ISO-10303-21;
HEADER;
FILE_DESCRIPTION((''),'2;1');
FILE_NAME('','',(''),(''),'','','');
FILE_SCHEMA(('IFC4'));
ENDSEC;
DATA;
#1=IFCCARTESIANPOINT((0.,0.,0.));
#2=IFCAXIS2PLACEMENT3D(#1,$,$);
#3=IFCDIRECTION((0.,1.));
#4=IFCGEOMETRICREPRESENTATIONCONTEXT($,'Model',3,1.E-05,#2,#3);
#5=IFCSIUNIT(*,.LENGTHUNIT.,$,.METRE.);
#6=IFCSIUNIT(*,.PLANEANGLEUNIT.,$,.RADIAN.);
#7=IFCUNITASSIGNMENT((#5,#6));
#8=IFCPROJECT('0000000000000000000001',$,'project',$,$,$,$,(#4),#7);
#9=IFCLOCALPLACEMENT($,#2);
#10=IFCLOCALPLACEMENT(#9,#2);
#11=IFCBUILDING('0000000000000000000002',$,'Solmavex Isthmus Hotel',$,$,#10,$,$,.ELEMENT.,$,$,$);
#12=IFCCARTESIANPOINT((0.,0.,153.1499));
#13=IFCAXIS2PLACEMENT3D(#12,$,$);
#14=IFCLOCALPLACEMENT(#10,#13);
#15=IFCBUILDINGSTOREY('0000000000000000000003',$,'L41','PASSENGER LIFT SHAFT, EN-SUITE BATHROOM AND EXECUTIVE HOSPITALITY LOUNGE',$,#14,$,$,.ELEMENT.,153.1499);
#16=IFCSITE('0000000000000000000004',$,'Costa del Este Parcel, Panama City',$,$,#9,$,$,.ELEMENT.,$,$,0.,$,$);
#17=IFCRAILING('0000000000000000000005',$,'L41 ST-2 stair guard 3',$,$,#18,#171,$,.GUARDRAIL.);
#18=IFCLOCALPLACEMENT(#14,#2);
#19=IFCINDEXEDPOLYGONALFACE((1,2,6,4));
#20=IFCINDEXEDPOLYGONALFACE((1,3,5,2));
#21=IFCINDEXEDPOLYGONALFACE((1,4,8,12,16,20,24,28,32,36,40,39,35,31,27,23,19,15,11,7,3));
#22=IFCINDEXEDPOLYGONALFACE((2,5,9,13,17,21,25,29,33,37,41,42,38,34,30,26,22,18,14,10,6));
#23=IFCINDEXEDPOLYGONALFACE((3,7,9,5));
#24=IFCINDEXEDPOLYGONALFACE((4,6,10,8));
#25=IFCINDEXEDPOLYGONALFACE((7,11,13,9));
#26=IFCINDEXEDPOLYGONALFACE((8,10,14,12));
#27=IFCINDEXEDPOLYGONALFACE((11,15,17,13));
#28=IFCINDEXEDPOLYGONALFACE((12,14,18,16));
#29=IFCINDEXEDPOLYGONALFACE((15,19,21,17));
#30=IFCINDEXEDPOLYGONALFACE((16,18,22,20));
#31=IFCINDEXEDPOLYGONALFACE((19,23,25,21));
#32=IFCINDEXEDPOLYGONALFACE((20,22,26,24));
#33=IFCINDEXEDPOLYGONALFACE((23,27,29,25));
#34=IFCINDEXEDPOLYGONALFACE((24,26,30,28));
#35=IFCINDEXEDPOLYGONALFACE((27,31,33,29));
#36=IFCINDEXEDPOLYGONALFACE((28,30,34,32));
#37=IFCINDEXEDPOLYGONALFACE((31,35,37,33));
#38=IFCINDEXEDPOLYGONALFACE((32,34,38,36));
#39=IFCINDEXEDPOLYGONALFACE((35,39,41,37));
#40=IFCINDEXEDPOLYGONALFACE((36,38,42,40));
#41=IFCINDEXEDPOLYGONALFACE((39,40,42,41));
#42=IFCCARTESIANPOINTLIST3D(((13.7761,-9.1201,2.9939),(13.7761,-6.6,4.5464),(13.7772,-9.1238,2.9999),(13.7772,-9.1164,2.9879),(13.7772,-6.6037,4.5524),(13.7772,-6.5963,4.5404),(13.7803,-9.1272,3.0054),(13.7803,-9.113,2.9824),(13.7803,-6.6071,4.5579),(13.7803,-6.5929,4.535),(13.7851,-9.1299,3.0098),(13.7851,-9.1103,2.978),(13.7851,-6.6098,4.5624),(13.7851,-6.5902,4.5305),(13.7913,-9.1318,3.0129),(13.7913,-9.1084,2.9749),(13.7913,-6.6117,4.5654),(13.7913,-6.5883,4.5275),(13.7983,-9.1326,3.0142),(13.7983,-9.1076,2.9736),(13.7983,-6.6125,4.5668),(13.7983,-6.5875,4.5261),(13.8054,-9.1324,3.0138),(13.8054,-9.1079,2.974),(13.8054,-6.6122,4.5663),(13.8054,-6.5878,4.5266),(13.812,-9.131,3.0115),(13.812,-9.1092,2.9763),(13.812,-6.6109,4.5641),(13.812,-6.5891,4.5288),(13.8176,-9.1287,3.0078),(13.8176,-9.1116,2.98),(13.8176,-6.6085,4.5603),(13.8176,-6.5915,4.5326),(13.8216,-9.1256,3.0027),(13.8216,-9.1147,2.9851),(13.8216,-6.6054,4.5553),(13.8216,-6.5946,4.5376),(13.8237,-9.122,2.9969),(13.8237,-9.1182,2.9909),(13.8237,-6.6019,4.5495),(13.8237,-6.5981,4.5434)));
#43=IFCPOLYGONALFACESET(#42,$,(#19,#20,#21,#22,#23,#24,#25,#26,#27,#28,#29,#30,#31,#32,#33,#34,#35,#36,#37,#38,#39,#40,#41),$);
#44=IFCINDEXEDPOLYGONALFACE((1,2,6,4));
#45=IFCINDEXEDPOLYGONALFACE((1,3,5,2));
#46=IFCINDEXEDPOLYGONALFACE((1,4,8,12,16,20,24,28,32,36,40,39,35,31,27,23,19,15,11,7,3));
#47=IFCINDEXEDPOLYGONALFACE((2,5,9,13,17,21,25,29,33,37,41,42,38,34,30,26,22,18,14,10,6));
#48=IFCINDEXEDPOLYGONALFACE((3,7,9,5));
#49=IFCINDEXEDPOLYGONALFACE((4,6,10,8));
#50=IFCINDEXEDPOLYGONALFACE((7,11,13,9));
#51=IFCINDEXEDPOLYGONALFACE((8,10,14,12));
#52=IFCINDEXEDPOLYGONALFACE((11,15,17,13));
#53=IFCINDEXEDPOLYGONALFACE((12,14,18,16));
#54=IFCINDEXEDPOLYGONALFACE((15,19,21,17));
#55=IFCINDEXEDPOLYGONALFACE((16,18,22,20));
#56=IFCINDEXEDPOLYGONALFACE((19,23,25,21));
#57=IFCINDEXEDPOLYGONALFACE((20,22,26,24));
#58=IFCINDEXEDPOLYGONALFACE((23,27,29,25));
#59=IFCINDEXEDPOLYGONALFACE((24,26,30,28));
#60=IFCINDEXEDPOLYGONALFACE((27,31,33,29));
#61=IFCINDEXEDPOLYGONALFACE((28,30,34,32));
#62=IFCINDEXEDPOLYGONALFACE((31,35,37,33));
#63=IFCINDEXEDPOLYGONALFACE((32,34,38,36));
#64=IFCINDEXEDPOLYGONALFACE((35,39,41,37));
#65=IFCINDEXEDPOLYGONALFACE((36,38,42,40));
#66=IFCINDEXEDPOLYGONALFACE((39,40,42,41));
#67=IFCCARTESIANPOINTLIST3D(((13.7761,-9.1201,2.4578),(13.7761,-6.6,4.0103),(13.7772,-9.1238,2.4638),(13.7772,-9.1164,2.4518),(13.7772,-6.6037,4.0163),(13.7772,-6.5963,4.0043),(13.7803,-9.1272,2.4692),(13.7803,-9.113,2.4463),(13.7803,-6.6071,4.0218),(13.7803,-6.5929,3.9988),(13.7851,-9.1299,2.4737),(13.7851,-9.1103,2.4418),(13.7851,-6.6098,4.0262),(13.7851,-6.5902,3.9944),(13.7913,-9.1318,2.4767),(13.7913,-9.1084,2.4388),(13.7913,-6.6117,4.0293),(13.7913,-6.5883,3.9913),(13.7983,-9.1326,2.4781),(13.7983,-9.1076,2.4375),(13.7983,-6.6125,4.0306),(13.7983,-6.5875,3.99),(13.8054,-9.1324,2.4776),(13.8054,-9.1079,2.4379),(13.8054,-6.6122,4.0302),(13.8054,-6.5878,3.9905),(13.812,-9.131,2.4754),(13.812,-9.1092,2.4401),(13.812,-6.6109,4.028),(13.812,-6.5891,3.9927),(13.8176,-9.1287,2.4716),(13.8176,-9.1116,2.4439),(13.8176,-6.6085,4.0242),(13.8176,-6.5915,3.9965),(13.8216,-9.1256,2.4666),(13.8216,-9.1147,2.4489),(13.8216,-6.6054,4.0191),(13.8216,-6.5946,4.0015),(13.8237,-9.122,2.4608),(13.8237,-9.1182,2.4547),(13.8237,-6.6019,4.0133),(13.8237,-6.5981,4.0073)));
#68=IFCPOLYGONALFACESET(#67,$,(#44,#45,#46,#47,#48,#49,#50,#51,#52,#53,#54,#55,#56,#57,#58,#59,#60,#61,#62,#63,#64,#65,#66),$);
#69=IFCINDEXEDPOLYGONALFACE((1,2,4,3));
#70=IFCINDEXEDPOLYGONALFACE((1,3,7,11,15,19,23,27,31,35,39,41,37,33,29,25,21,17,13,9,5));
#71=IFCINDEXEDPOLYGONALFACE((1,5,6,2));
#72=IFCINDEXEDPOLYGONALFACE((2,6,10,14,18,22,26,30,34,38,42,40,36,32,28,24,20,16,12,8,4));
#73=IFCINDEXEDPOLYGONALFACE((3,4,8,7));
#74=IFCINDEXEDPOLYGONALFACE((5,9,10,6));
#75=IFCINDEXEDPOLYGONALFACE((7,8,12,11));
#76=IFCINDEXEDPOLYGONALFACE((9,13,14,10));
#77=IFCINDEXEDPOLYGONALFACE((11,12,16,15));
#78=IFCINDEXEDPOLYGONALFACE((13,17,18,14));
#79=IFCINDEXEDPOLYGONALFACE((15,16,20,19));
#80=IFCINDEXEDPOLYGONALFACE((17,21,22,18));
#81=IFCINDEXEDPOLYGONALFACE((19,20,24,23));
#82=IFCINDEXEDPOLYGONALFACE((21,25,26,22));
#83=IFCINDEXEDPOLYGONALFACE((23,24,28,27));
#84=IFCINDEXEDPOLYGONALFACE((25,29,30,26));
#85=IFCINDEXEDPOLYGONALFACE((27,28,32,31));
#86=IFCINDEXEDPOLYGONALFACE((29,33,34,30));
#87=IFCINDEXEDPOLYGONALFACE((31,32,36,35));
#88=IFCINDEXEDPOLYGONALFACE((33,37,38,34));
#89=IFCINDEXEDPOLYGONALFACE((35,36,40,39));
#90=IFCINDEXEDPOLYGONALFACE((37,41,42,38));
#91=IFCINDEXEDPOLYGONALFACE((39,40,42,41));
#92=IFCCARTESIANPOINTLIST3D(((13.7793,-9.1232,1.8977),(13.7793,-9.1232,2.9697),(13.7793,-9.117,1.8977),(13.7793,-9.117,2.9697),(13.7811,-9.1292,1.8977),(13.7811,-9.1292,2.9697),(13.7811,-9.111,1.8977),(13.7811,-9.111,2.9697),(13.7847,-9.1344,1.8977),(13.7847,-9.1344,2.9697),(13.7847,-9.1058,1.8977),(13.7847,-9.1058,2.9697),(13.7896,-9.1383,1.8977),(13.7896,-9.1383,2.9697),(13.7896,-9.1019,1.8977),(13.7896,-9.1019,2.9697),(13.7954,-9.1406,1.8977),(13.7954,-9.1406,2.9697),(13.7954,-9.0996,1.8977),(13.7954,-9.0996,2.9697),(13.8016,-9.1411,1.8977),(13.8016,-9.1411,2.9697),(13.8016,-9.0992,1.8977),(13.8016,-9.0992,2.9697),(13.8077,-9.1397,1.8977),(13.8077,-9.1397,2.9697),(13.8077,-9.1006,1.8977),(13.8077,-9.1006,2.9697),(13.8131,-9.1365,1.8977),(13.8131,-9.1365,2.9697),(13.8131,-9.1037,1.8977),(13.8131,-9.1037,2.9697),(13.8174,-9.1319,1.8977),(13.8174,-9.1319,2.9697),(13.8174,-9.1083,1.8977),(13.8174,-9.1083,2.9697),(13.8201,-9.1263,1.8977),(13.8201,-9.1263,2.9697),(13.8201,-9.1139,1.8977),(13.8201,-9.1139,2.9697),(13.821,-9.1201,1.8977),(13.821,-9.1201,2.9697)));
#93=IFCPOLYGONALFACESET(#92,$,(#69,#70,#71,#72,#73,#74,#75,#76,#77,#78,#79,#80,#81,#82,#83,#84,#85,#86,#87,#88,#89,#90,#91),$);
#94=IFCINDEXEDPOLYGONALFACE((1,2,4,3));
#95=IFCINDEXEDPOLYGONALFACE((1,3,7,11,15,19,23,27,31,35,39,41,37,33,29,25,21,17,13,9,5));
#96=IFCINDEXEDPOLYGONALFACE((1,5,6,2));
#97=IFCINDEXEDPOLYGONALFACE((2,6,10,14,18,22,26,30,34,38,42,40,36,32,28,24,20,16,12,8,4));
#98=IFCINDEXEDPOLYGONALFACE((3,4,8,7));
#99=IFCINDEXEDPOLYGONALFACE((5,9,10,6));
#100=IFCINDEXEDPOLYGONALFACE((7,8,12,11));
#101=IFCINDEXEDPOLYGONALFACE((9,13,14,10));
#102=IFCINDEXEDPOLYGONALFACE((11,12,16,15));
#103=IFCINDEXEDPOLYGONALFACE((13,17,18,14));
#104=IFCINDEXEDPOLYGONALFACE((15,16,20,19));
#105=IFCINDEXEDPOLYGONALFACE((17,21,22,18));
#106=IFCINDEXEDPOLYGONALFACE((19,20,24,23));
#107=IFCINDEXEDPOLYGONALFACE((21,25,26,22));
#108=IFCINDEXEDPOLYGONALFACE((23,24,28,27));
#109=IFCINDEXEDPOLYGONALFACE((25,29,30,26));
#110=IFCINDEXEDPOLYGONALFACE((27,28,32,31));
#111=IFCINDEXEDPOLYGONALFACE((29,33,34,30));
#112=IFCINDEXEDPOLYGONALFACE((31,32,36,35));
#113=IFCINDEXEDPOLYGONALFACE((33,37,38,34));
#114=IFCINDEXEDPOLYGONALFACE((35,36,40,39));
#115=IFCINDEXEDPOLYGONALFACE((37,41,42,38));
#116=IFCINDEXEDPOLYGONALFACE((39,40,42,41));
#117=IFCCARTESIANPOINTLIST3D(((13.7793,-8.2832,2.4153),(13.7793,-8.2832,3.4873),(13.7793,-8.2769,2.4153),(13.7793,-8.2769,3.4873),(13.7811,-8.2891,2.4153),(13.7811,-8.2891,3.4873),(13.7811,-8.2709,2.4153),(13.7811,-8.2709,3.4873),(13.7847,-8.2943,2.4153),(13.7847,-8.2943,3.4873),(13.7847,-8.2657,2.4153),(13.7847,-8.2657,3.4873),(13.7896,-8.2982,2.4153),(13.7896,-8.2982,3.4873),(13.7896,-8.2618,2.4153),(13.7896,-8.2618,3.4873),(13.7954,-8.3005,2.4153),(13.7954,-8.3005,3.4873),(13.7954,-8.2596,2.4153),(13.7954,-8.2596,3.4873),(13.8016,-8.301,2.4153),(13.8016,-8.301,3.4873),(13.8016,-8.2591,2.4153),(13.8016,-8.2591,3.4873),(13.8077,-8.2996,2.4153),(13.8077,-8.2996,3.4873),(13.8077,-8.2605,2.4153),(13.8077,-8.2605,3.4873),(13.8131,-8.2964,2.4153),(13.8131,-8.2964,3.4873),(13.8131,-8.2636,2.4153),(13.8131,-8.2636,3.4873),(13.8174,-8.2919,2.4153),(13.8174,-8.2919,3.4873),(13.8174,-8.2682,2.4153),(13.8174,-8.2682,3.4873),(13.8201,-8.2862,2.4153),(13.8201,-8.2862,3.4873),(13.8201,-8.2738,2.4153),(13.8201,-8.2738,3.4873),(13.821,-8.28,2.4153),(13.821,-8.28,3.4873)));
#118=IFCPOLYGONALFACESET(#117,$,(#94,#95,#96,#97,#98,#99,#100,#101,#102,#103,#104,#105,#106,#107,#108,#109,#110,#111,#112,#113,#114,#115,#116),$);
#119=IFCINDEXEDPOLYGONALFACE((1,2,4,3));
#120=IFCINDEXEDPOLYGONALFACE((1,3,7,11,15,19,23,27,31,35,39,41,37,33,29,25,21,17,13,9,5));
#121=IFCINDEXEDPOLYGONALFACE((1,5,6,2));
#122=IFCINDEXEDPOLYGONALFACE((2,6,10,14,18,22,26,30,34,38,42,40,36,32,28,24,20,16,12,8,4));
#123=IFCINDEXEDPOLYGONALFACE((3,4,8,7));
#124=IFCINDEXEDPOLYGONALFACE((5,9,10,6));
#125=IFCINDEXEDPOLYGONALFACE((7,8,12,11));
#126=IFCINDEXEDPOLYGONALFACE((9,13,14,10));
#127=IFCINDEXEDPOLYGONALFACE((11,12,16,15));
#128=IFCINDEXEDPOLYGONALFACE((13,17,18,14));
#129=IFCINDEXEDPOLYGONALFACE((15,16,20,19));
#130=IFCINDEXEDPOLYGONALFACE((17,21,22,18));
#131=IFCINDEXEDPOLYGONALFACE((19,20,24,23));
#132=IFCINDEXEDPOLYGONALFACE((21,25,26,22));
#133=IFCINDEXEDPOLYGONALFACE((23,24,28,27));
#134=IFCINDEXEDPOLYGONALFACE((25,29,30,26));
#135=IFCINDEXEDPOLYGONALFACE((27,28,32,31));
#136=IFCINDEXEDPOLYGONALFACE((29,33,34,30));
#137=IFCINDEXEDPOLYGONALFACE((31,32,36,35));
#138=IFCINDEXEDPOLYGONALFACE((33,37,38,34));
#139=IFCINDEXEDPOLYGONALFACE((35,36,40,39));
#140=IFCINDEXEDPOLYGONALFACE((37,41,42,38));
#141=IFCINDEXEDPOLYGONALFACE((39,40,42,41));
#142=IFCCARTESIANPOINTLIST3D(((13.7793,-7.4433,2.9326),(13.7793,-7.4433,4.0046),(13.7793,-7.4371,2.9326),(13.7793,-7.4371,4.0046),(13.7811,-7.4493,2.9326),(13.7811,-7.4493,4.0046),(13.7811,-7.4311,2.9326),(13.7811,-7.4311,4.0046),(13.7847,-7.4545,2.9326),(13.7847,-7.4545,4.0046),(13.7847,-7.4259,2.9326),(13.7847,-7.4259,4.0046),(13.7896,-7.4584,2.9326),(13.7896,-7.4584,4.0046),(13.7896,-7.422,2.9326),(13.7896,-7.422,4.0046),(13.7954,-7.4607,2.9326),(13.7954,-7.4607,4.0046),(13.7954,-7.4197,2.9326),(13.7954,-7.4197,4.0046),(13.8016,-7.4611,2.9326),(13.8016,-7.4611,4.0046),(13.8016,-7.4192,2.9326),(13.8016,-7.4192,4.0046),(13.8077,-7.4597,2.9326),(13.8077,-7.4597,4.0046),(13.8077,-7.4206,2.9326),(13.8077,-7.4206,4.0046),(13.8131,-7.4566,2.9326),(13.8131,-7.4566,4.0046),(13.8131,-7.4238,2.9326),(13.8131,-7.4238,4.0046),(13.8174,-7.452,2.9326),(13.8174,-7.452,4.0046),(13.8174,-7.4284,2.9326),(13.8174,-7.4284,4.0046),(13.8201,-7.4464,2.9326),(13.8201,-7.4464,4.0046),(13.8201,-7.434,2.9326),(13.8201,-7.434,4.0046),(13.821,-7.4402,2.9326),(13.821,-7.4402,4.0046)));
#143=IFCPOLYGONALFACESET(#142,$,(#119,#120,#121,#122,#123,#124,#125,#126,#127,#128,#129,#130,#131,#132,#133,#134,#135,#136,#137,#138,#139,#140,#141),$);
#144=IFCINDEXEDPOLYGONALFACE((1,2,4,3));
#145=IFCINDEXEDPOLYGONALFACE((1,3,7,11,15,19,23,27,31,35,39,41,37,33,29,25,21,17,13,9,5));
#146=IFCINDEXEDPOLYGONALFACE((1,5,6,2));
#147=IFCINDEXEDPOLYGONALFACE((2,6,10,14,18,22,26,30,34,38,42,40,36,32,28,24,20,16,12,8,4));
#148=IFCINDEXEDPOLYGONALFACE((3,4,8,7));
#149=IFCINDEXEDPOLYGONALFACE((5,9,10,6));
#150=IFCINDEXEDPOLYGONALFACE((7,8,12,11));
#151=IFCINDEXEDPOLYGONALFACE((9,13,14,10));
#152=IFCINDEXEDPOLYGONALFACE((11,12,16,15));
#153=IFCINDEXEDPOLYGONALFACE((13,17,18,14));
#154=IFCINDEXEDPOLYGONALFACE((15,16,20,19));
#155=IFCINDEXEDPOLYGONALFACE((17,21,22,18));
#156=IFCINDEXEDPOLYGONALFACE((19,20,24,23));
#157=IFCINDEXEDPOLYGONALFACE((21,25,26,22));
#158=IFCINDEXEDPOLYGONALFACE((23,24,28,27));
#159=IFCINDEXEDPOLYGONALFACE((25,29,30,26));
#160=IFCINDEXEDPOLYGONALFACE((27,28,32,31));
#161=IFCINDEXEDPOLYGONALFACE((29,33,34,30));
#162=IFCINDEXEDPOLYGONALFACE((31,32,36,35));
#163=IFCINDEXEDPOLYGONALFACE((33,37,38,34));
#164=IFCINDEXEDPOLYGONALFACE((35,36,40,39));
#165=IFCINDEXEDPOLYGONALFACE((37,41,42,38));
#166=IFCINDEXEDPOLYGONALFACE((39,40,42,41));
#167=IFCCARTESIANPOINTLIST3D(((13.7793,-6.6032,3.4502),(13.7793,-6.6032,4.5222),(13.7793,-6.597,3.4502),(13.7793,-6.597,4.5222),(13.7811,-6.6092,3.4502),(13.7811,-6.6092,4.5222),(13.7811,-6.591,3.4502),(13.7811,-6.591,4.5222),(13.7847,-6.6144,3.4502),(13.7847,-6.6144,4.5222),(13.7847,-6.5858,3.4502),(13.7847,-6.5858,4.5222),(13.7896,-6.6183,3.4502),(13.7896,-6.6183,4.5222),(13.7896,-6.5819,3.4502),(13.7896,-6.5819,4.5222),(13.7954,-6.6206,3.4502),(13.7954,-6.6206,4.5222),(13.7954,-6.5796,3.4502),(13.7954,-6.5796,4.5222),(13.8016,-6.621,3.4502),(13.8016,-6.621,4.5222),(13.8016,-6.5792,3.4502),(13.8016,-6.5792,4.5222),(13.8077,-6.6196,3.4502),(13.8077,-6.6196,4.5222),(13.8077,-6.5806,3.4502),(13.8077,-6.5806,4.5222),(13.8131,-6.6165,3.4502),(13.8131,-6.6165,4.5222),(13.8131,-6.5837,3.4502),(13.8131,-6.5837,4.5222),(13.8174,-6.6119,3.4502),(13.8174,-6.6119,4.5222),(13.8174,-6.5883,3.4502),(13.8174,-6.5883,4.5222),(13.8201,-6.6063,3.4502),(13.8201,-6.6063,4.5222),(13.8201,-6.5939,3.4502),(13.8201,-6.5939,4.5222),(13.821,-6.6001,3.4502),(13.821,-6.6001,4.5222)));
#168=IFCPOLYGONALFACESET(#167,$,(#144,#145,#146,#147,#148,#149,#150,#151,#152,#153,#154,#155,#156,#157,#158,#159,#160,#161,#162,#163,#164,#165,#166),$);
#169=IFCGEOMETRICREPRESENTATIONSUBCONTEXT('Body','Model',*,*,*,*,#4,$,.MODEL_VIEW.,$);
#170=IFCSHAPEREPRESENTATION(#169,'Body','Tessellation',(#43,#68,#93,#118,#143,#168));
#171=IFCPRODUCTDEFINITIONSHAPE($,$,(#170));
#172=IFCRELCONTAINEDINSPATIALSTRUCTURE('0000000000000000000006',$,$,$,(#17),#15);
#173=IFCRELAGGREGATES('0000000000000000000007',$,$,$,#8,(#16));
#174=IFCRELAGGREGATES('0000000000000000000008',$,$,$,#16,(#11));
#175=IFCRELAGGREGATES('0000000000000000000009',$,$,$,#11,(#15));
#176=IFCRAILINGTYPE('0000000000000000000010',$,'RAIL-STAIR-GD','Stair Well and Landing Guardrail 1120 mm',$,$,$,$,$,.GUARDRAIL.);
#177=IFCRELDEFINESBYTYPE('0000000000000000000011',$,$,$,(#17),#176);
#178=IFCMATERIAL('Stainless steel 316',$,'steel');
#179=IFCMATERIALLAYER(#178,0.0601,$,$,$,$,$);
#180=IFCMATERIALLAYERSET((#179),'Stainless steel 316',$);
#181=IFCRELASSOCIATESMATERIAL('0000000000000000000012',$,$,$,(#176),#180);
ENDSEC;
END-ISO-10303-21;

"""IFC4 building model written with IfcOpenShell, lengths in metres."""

from ifc_helpers import new_model, si_unit, direction, frame, origin, origin_2d, place, context, subcontext, project, spatial, circle, extrude, material, layer, layer_set, type_object, element, save


model = new_model("IFC4")

# Units and contexts
model_context = context("Model", 3, precision=1e-05, world=origin(), true_north=direction((0.0, 1.0)))
body_context = subcontext(model_context, "Body", "Model", "MODEL_VIEW")
ifc_project = project(units=[si_unit("LENGTHUNIT", "METRE"), si_unit("PLANEANGLEUNIT", "RADIAN")], contexts=[model_context])

# Site, building, storey
site_placement = place(None, origin())
site = spatial("IfcSite", under=ifc_project, at=site_placement, Name="Costa del Este Parcel, Panama City", CompositionType="ELEMENT", RefElevation=0.0)
building_placement = place(site_placement, origin())
building = spatial("IfcBuilding", under=site, at=building_placement, Name="Solmavex Isthmus Hotel", CompositionType="ELEMENT")
storey_placement = place(building_placement, frame((0.0, 0.0, 153.1499)))
storey = spatial("IfcBuildingStorey", under=building, at=storey_placement, Name="L41", Description="PASSENGER LIFT SHAFT, EN-SUITE BATHROOM AND EXECUTIVE HOSPITALITY LOUNGE", CompositionType="ELEMENT", Elevation=153.1499)

# Railing
ifc_material_1 = material(Name="Stainless steel 316", Category="steel")
ifc_layer_1 = layer(ifc_material_1, 0.0601)
ifc_layer_set_1 = layer_set([ifc_layer_1], Name="Stainless steel 316")
railing_type_1 = type_object("IfcRailingType", Name="RAIL-STAIR-GD", Description="Stair Well and Landing Guardrail 1120 mm", PredefinedType="GUARDRAIL", material=ifc_layer_set_1)
railing_1_placement = place(storey_placement, frame((13.8, -9.1201, 1.8977)))
element("IfcRailing", 1, at=railing_1_placement, inside=storey, type_object=railing_type_1, Name="L41 ST-2 stair guard 3", PredefinedType="GUARDRAIL", context=body_context, shape_type="SweptSolid", body=[
    extrude(circle(Radius=0.0239, at=origin_2d()), frame((0.0, 0.0, 1.0962), z_axis=(0.0, 0.8514, 0.524516), x_axis=(-1.0, 0.0, 0.0)), (0.0, 0.0, 1.0), 2.96),
    extrude(circle(Radius=0.0239, at=origin_2d()), frame((0.0, 0.0, 0.5601), z_axis=(0.0, 0.8514, 0.524516), x_axis=(-1.0, 0.0, 0.0)), (0.0, 0.0, 1.0), 2.96),
    extrude(circle(Radius=0.021, at=origin_2d()), origin(), (0.0, 0.0, 1.0), 1.072),
    extrude(circle(Radius=0.021, at=origin_2d()), frame((0.0, 0.8401, 0.5176)), (0.0, 0.0, 1.0), 1.072),
    extrude(circle(Radius=0.021, at=origin_2d()), frame((0.0, 1.6799, 1.0349)), (0.0, 0.0, 1.0), 1.072),
    extrude(circle(Radius=0.021, at=origin_2d()), frame((0.0, 2.52, 1.5525)), (0.0, 0.0, 1.0), 1.072),
])

save(model, "model.ifc")
